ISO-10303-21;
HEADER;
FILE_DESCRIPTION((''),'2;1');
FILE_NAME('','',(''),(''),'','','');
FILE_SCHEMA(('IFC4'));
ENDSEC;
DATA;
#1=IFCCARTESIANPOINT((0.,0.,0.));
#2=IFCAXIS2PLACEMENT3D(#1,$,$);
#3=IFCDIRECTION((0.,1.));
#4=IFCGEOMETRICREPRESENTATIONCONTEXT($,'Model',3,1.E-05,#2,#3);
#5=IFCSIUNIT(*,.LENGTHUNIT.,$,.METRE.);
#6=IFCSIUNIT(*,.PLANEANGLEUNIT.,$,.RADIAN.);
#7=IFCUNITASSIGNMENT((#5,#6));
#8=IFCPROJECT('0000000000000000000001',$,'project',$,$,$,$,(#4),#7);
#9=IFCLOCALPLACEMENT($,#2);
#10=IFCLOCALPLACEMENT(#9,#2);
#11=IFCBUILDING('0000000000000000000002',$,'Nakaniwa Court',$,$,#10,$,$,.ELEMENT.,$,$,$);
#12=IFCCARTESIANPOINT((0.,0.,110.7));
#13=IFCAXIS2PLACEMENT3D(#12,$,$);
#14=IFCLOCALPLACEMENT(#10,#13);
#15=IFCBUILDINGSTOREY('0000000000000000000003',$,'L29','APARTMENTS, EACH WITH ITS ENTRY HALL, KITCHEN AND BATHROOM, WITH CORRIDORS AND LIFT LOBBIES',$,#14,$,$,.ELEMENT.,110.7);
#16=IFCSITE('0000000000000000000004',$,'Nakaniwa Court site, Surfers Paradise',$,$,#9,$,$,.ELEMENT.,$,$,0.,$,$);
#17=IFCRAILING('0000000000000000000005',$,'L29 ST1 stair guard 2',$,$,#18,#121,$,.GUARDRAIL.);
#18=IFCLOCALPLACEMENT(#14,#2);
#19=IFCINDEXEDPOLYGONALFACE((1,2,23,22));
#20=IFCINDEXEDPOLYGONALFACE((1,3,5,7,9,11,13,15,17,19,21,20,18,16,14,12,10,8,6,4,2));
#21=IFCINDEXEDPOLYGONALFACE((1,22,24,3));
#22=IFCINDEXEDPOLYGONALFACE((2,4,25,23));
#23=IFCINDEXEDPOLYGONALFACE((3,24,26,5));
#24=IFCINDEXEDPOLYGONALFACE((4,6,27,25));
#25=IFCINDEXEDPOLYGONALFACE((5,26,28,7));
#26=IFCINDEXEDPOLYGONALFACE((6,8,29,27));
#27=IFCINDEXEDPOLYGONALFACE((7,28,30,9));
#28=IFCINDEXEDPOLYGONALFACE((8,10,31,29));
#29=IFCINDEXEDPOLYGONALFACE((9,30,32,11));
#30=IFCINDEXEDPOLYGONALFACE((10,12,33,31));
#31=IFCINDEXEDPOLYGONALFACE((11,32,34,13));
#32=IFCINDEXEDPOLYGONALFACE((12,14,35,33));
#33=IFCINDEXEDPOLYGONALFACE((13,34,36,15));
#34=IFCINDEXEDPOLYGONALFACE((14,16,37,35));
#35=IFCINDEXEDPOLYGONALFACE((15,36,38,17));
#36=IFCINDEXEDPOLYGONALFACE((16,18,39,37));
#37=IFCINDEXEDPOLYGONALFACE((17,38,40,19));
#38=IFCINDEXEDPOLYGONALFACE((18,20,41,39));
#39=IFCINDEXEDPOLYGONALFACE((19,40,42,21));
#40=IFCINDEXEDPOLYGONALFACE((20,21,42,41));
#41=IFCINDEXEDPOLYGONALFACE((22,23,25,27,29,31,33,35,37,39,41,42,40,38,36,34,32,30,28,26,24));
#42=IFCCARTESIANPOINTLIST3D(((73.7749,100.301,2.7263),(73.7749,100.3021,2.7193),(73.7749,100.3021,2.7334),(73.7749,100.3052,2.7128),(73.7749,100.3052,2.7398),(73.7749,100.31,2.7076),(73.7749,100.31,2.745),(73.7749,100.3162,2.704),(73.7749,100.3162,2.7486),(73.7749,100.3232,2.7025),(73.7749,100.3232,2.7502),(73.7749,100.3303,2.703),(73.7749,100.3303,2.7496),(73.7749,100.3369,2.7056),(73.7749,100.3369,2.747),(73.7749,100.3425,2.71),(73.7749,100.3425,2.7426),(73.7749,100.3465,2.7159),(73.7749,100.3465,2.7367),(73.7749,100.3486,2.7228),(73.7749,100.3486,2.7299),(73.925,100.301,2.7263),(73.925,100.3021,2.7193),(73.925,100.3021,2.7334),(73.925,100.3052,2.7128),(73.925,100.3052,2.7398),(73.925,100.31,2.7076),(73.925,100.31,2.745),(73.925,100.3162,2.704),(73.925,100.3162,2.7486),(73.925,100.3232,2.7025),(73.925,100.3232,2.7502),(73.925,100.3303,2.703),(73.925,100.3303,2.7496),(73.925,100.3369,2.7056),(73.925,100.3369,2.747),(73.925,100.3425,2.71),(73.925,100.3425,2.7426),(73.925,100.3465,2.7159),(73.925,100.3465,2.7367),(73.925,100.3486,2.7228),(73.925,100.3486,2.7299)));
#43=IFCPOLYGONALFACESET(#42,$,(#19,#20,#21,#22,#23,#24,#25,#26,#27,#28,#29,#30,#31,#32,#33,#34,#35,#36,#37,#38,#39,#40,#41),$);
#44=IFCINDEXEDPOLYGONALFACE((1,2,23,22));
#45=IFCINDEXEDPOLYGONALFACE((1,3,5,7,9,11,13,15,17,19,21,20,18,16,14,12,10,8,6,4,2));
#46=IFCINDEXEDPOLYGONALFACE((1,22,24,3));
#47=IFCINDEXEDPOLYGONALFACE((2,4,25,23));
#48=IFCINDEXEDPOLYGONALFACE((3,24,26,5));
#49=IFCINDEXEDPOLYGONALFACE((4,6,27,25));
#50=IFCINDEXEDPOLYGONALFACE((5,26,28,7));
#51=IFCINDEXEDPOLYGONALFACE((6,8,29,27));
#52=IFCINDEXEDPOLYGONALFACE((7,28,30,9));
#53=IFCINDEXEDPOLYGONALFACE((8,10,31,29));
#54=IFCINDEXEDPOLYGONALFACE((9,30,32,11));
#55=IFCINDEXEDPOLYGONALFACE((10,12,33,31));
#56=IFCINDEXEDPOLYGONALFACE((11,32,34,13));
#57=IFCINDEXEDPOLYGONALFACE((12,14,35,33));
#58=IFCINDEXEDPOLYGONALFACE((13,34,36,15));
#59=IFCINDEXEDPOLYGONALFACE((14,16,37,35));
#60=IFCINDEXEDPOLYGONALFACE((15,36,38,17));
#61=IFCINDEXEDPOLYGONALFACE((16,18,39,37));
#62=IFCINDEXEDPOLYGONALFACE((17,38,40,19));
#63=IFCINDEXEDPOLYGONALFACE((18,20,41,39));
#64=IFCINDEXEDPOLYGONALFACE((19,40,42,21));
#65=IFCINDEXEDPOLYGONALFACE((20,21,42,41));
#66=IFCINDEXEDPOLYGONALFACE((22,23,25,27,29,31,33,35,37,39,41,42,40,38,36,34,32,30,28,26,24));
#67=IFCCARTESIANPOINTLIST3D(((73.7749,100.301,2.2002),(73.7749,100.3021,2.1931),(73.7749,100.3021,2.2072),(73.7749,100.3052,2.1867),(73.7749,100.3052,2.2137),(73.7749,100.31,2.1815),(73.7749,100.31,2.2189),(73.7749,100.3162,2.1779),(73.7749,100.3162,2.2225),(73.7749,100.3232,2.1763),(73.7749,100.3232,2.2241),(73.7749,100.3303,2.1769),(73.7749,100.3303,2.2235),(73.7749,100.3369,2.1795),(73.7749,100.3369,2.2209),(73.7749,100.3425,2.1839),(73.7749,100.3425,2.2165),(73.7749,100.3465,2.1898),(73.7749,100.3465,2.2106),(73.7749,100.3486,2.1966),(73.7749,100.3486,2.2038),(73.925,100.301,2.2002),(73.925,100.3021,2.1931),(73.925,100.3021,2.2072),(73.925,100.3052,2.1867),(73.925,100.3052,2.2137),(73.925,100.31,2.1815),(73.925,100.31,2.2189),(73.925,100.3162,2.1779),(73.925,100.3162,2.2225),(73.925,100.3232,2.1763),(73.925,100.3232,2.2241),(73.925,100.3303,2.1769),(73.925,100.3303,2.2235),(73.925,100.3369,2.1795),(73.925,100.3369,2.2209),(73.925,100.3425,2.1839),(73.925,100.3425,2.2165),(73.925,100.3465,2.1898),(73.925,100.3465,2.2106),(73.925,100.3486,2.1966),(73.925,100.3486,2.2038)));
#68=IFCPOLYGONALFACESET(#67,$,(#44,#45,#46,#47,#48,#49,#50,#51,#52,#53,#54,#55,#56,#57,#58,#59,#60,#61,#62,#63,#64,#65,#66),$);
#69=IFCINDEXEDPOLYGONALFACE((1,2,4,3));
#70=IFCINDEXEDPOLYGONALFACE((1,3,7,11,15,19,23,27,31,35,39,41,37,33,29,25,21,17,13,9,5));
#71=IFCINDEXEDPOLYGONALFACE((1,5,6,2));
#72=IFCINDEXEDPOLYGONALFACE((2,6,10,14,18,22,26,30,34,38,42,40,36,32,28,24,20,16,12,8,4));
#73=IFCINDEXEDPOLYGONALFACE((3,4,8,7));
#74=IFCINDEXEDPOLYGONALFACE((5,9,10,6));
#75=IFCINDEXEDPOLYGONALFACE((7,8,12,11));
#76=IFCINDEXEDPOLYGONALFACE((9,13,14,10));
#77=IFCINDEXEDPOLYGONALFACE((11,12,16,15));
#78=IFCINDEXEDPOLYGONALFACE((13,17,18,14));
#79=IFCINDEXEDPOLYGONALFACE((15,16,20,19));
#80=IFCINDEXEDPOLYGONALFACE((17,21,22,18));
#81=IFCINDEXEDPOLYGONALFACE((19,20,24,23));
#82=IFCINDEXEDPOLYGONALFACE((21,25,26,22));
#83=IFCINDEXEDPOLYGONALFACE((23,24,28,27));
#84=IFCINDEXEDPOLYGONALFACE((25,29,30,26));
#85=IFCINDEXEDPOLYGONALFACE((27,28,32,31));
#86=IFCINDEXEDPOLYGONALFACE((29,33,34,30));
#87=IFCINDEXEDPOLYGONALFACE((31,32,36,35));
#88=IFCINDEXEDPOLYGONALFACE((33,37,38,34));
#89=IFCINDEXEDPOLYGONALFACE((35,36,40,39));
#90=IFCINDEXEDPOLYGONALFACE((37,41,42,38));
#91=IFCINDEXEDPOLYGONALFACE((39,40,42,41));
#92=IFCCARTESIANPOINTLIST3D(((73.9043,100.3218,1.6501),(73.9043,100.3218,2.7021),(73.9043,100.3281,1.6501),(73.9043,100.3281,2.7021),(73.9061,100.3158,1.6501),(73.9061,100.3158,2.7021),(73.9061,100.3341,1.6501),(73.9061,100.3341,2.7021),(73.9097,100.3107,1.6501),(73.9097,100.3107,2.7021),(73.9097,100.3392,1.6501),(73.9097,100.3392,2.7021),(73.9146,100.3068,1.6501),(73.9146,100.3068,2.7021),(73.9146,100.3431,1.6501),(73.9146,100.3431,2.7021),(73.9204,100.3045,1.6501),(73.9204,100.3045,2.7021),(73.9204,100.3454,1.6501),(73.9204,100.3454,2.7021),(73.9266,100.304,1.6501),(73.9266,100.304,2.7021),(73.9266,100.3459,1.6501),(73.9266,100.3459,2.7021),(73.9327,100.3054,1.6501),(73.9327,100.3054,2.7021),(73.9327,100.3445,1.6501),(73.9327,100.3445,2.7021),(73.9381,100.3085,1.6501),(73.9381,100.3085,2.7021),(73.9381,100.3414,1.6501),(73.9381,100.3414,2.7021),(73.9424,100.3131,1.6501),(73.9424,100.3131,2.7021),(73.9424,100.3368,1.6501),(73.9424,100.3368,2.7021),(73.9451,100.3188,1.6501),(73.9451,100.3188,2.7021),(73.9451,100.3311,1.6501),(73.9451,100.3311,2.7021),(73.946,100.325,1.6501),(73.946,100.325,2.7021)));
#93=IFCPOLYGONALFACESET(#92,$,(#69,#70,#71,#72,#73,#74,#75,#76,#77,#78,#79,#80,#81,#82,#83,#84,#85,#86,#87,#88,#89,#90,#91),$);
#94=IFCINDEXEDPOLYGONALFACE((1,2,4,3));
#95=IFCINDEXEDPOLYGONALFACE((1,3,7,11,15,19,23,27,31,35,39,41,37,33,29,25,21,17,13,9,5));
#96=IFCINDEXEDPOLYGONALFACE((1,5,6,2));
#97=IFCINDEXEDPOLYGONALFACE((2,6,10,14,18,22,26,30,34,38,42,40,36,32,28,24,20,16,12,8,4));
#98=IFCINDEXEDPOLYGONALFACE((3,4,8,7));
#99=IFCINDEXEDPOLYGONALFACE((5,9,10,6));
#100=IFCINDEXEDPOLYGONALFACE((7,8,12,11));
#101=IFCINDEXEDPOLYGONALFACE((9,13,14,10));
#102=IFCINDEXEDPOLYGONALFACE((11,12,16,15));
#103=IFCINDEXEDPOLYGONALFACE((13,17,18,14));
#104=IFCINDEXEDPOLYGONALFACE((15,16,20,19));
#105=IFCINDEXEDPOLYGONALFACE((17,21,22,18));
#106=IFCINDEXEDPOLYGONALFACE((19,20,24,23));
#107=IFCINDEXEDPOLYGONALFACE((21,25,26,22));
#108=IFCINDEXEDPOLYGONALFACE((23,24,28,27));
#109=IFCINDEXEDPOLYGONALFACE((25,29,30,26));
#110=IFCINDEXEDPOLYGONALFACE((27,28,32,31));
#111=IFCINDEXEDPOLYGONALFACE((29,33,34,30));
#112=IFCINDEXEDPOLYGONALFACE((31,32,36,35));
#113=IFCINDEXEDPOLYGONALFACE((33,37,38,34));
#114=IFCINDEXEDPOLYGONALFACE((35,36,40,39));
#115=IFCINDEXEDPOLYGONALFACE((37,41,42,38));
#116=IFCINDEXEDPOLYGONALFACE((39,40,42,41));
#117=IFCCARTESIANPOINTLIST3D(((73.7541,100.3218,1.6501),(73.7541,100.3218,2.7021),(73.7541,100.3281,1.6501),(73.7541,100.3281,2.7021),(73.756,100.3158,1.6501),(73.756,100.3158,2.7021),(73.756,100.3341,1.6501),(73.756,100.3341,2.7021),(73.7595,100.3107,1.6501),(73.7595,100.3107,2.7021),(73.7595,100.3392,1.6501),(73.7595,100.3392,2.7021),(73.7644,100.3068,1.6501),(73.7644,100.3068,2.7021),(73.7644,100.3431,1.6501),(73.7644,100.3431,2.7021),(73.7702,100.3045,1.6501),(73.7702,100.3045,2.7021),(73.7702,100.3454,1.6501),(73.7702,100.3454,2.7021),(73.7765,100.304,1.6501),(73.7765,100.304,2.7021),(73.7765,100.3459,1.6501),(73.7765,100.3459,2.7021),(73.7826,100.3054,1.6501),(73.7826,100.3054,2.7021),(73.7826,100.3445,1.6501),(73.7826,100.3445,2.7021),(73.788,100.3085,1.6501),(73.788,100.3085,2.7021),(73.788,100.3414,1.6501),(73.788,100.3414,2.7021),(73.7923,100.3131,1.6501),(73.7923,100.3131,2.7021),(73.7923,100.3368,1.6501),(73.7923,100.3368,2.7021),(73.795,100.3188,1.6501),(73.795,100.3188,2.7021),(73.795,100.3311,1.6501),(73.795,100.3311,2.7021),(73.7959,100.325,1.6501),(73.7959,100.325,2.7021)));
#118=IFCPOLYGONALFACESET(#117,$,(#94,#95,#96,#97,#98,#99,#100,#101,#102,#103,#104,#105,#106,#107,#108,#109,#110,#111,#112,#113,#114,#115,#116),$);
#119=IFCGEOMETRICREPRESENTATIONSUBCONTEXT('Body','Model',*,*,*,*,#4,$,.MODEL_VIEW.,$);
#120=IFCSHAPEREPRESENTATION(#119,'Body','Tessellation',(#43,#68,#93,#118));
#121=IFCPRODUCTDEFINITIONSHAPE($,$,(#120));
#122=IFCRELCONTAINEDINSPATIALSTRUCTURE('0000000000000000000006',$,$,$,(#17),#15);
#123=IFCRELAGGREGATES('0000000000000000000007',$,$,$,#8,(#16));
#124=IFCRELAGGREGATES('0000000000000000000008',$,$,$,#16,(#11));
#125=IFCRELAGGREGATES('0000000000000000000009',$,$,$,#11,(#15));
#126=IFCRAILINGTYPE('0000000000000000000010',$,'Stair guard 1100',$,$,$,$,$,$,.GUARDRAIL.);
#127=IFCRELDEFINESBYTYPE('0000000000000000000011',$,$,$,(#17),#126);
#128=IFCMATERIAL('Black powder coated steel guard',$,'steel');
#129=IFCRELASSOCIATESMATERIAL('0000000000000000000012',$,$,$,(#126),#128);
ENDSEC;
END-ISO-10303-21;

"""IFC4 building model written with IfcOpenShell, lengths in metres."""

from ifc_helpers import new_model, si_unit, direction, frame, origin, origin_2d, place, context, subcontext, project, spatial, circle, extrude, material, type_object, element, save


model = new_model("IFC4")

# Units and contexts
model_context = context("Model", 3, precision=1e-05, world=origin(), true_north=direction((0.0, 1.0)))
body_context = subcontext(model_context, "Body", "Model", "MODEL_VIEW")
ifc_project = project(units=[si_unit("LENGTHUNIT", "METRE"), si_unit("PLANEANGLEUNIT", "RADIAN")], contexts=[model_context])

# Site, building, storey
site_placement = place(None, origin())
site = spatial("IfcSite", under=ifc_project, at=site_placement, Name="Nakaniwa Court site, Surfers Paradise", CompositionType="ELEMENT", RefElevation=0.0)
building_placement = place(site_placement, origin())
building = spatial("IfcBuilding", under=site, at=building_placement, Name="Nakaniwa Court", CompositionType="ELEMENT")
storey_placement = place(building_placement, frame((0.0, 0.0, 110.7)))
storey = spatial("IfcBuildingStorey", under=building, at=storey_placement, Name="L29", Description="APARTMENTS, EACH WITH ITS ENTRY HALL, KITCHEN AND BATHROOM, WITH CORRIDORS AND LIFT LOBBIES", CompositionType="ELEMENT", Elevation=110.7)

# Railing
ifc_material_1 = material(Name="Black powder coated steel guard", Category="steel")
railing_type_1 = type_object("IfcRailingType", Name="Stair guard 1100", PredefinedType="GUARDRAIL", material=ifc_material_1)
railing_1_placement = place(storey_placement, frame((73.925, 100.325, 1.6501)))
element("IfcRailing", 1, at=railing_1_placement, inside=storey, type_object=railing_type_1, Name="L29 ST1 stair guard 2", PredefinedType="GUARDRAIL", context=body_context, shape_type="SweptSolid", body=[
    extrude(circle(Radius=0.0239, at=origin_2d()), frame((0.0, 0.0, 1.0762), z_axis=(-1.0, 0.0, 0.0), x_axis=(0.0, -1.0, 0.0)), (0.0, 0.0, 1.0), 0.1501),
    extrude(circle(Radius=0.0239, at=origin_2d()), frame((0.0, 0.0, 0.55), z_axis=(-1.0, 0.0, 0.0), x_axis=(0.0, -1.0, 0.0)), (0.0, 0.0, 1.0), 0.1501),
    extrude(circle(Radius=0.021, at=origin_2d()), origin(), (0.0, 0.0, 1.0), 1.052),
    extrude(circle(Radius=0.021, at=origin_2d()), frame((-0.1501, 0.0, 0.0)), (0.0, 0.0, 1.0), 1.052),
])

save(model, "model.ifc")
